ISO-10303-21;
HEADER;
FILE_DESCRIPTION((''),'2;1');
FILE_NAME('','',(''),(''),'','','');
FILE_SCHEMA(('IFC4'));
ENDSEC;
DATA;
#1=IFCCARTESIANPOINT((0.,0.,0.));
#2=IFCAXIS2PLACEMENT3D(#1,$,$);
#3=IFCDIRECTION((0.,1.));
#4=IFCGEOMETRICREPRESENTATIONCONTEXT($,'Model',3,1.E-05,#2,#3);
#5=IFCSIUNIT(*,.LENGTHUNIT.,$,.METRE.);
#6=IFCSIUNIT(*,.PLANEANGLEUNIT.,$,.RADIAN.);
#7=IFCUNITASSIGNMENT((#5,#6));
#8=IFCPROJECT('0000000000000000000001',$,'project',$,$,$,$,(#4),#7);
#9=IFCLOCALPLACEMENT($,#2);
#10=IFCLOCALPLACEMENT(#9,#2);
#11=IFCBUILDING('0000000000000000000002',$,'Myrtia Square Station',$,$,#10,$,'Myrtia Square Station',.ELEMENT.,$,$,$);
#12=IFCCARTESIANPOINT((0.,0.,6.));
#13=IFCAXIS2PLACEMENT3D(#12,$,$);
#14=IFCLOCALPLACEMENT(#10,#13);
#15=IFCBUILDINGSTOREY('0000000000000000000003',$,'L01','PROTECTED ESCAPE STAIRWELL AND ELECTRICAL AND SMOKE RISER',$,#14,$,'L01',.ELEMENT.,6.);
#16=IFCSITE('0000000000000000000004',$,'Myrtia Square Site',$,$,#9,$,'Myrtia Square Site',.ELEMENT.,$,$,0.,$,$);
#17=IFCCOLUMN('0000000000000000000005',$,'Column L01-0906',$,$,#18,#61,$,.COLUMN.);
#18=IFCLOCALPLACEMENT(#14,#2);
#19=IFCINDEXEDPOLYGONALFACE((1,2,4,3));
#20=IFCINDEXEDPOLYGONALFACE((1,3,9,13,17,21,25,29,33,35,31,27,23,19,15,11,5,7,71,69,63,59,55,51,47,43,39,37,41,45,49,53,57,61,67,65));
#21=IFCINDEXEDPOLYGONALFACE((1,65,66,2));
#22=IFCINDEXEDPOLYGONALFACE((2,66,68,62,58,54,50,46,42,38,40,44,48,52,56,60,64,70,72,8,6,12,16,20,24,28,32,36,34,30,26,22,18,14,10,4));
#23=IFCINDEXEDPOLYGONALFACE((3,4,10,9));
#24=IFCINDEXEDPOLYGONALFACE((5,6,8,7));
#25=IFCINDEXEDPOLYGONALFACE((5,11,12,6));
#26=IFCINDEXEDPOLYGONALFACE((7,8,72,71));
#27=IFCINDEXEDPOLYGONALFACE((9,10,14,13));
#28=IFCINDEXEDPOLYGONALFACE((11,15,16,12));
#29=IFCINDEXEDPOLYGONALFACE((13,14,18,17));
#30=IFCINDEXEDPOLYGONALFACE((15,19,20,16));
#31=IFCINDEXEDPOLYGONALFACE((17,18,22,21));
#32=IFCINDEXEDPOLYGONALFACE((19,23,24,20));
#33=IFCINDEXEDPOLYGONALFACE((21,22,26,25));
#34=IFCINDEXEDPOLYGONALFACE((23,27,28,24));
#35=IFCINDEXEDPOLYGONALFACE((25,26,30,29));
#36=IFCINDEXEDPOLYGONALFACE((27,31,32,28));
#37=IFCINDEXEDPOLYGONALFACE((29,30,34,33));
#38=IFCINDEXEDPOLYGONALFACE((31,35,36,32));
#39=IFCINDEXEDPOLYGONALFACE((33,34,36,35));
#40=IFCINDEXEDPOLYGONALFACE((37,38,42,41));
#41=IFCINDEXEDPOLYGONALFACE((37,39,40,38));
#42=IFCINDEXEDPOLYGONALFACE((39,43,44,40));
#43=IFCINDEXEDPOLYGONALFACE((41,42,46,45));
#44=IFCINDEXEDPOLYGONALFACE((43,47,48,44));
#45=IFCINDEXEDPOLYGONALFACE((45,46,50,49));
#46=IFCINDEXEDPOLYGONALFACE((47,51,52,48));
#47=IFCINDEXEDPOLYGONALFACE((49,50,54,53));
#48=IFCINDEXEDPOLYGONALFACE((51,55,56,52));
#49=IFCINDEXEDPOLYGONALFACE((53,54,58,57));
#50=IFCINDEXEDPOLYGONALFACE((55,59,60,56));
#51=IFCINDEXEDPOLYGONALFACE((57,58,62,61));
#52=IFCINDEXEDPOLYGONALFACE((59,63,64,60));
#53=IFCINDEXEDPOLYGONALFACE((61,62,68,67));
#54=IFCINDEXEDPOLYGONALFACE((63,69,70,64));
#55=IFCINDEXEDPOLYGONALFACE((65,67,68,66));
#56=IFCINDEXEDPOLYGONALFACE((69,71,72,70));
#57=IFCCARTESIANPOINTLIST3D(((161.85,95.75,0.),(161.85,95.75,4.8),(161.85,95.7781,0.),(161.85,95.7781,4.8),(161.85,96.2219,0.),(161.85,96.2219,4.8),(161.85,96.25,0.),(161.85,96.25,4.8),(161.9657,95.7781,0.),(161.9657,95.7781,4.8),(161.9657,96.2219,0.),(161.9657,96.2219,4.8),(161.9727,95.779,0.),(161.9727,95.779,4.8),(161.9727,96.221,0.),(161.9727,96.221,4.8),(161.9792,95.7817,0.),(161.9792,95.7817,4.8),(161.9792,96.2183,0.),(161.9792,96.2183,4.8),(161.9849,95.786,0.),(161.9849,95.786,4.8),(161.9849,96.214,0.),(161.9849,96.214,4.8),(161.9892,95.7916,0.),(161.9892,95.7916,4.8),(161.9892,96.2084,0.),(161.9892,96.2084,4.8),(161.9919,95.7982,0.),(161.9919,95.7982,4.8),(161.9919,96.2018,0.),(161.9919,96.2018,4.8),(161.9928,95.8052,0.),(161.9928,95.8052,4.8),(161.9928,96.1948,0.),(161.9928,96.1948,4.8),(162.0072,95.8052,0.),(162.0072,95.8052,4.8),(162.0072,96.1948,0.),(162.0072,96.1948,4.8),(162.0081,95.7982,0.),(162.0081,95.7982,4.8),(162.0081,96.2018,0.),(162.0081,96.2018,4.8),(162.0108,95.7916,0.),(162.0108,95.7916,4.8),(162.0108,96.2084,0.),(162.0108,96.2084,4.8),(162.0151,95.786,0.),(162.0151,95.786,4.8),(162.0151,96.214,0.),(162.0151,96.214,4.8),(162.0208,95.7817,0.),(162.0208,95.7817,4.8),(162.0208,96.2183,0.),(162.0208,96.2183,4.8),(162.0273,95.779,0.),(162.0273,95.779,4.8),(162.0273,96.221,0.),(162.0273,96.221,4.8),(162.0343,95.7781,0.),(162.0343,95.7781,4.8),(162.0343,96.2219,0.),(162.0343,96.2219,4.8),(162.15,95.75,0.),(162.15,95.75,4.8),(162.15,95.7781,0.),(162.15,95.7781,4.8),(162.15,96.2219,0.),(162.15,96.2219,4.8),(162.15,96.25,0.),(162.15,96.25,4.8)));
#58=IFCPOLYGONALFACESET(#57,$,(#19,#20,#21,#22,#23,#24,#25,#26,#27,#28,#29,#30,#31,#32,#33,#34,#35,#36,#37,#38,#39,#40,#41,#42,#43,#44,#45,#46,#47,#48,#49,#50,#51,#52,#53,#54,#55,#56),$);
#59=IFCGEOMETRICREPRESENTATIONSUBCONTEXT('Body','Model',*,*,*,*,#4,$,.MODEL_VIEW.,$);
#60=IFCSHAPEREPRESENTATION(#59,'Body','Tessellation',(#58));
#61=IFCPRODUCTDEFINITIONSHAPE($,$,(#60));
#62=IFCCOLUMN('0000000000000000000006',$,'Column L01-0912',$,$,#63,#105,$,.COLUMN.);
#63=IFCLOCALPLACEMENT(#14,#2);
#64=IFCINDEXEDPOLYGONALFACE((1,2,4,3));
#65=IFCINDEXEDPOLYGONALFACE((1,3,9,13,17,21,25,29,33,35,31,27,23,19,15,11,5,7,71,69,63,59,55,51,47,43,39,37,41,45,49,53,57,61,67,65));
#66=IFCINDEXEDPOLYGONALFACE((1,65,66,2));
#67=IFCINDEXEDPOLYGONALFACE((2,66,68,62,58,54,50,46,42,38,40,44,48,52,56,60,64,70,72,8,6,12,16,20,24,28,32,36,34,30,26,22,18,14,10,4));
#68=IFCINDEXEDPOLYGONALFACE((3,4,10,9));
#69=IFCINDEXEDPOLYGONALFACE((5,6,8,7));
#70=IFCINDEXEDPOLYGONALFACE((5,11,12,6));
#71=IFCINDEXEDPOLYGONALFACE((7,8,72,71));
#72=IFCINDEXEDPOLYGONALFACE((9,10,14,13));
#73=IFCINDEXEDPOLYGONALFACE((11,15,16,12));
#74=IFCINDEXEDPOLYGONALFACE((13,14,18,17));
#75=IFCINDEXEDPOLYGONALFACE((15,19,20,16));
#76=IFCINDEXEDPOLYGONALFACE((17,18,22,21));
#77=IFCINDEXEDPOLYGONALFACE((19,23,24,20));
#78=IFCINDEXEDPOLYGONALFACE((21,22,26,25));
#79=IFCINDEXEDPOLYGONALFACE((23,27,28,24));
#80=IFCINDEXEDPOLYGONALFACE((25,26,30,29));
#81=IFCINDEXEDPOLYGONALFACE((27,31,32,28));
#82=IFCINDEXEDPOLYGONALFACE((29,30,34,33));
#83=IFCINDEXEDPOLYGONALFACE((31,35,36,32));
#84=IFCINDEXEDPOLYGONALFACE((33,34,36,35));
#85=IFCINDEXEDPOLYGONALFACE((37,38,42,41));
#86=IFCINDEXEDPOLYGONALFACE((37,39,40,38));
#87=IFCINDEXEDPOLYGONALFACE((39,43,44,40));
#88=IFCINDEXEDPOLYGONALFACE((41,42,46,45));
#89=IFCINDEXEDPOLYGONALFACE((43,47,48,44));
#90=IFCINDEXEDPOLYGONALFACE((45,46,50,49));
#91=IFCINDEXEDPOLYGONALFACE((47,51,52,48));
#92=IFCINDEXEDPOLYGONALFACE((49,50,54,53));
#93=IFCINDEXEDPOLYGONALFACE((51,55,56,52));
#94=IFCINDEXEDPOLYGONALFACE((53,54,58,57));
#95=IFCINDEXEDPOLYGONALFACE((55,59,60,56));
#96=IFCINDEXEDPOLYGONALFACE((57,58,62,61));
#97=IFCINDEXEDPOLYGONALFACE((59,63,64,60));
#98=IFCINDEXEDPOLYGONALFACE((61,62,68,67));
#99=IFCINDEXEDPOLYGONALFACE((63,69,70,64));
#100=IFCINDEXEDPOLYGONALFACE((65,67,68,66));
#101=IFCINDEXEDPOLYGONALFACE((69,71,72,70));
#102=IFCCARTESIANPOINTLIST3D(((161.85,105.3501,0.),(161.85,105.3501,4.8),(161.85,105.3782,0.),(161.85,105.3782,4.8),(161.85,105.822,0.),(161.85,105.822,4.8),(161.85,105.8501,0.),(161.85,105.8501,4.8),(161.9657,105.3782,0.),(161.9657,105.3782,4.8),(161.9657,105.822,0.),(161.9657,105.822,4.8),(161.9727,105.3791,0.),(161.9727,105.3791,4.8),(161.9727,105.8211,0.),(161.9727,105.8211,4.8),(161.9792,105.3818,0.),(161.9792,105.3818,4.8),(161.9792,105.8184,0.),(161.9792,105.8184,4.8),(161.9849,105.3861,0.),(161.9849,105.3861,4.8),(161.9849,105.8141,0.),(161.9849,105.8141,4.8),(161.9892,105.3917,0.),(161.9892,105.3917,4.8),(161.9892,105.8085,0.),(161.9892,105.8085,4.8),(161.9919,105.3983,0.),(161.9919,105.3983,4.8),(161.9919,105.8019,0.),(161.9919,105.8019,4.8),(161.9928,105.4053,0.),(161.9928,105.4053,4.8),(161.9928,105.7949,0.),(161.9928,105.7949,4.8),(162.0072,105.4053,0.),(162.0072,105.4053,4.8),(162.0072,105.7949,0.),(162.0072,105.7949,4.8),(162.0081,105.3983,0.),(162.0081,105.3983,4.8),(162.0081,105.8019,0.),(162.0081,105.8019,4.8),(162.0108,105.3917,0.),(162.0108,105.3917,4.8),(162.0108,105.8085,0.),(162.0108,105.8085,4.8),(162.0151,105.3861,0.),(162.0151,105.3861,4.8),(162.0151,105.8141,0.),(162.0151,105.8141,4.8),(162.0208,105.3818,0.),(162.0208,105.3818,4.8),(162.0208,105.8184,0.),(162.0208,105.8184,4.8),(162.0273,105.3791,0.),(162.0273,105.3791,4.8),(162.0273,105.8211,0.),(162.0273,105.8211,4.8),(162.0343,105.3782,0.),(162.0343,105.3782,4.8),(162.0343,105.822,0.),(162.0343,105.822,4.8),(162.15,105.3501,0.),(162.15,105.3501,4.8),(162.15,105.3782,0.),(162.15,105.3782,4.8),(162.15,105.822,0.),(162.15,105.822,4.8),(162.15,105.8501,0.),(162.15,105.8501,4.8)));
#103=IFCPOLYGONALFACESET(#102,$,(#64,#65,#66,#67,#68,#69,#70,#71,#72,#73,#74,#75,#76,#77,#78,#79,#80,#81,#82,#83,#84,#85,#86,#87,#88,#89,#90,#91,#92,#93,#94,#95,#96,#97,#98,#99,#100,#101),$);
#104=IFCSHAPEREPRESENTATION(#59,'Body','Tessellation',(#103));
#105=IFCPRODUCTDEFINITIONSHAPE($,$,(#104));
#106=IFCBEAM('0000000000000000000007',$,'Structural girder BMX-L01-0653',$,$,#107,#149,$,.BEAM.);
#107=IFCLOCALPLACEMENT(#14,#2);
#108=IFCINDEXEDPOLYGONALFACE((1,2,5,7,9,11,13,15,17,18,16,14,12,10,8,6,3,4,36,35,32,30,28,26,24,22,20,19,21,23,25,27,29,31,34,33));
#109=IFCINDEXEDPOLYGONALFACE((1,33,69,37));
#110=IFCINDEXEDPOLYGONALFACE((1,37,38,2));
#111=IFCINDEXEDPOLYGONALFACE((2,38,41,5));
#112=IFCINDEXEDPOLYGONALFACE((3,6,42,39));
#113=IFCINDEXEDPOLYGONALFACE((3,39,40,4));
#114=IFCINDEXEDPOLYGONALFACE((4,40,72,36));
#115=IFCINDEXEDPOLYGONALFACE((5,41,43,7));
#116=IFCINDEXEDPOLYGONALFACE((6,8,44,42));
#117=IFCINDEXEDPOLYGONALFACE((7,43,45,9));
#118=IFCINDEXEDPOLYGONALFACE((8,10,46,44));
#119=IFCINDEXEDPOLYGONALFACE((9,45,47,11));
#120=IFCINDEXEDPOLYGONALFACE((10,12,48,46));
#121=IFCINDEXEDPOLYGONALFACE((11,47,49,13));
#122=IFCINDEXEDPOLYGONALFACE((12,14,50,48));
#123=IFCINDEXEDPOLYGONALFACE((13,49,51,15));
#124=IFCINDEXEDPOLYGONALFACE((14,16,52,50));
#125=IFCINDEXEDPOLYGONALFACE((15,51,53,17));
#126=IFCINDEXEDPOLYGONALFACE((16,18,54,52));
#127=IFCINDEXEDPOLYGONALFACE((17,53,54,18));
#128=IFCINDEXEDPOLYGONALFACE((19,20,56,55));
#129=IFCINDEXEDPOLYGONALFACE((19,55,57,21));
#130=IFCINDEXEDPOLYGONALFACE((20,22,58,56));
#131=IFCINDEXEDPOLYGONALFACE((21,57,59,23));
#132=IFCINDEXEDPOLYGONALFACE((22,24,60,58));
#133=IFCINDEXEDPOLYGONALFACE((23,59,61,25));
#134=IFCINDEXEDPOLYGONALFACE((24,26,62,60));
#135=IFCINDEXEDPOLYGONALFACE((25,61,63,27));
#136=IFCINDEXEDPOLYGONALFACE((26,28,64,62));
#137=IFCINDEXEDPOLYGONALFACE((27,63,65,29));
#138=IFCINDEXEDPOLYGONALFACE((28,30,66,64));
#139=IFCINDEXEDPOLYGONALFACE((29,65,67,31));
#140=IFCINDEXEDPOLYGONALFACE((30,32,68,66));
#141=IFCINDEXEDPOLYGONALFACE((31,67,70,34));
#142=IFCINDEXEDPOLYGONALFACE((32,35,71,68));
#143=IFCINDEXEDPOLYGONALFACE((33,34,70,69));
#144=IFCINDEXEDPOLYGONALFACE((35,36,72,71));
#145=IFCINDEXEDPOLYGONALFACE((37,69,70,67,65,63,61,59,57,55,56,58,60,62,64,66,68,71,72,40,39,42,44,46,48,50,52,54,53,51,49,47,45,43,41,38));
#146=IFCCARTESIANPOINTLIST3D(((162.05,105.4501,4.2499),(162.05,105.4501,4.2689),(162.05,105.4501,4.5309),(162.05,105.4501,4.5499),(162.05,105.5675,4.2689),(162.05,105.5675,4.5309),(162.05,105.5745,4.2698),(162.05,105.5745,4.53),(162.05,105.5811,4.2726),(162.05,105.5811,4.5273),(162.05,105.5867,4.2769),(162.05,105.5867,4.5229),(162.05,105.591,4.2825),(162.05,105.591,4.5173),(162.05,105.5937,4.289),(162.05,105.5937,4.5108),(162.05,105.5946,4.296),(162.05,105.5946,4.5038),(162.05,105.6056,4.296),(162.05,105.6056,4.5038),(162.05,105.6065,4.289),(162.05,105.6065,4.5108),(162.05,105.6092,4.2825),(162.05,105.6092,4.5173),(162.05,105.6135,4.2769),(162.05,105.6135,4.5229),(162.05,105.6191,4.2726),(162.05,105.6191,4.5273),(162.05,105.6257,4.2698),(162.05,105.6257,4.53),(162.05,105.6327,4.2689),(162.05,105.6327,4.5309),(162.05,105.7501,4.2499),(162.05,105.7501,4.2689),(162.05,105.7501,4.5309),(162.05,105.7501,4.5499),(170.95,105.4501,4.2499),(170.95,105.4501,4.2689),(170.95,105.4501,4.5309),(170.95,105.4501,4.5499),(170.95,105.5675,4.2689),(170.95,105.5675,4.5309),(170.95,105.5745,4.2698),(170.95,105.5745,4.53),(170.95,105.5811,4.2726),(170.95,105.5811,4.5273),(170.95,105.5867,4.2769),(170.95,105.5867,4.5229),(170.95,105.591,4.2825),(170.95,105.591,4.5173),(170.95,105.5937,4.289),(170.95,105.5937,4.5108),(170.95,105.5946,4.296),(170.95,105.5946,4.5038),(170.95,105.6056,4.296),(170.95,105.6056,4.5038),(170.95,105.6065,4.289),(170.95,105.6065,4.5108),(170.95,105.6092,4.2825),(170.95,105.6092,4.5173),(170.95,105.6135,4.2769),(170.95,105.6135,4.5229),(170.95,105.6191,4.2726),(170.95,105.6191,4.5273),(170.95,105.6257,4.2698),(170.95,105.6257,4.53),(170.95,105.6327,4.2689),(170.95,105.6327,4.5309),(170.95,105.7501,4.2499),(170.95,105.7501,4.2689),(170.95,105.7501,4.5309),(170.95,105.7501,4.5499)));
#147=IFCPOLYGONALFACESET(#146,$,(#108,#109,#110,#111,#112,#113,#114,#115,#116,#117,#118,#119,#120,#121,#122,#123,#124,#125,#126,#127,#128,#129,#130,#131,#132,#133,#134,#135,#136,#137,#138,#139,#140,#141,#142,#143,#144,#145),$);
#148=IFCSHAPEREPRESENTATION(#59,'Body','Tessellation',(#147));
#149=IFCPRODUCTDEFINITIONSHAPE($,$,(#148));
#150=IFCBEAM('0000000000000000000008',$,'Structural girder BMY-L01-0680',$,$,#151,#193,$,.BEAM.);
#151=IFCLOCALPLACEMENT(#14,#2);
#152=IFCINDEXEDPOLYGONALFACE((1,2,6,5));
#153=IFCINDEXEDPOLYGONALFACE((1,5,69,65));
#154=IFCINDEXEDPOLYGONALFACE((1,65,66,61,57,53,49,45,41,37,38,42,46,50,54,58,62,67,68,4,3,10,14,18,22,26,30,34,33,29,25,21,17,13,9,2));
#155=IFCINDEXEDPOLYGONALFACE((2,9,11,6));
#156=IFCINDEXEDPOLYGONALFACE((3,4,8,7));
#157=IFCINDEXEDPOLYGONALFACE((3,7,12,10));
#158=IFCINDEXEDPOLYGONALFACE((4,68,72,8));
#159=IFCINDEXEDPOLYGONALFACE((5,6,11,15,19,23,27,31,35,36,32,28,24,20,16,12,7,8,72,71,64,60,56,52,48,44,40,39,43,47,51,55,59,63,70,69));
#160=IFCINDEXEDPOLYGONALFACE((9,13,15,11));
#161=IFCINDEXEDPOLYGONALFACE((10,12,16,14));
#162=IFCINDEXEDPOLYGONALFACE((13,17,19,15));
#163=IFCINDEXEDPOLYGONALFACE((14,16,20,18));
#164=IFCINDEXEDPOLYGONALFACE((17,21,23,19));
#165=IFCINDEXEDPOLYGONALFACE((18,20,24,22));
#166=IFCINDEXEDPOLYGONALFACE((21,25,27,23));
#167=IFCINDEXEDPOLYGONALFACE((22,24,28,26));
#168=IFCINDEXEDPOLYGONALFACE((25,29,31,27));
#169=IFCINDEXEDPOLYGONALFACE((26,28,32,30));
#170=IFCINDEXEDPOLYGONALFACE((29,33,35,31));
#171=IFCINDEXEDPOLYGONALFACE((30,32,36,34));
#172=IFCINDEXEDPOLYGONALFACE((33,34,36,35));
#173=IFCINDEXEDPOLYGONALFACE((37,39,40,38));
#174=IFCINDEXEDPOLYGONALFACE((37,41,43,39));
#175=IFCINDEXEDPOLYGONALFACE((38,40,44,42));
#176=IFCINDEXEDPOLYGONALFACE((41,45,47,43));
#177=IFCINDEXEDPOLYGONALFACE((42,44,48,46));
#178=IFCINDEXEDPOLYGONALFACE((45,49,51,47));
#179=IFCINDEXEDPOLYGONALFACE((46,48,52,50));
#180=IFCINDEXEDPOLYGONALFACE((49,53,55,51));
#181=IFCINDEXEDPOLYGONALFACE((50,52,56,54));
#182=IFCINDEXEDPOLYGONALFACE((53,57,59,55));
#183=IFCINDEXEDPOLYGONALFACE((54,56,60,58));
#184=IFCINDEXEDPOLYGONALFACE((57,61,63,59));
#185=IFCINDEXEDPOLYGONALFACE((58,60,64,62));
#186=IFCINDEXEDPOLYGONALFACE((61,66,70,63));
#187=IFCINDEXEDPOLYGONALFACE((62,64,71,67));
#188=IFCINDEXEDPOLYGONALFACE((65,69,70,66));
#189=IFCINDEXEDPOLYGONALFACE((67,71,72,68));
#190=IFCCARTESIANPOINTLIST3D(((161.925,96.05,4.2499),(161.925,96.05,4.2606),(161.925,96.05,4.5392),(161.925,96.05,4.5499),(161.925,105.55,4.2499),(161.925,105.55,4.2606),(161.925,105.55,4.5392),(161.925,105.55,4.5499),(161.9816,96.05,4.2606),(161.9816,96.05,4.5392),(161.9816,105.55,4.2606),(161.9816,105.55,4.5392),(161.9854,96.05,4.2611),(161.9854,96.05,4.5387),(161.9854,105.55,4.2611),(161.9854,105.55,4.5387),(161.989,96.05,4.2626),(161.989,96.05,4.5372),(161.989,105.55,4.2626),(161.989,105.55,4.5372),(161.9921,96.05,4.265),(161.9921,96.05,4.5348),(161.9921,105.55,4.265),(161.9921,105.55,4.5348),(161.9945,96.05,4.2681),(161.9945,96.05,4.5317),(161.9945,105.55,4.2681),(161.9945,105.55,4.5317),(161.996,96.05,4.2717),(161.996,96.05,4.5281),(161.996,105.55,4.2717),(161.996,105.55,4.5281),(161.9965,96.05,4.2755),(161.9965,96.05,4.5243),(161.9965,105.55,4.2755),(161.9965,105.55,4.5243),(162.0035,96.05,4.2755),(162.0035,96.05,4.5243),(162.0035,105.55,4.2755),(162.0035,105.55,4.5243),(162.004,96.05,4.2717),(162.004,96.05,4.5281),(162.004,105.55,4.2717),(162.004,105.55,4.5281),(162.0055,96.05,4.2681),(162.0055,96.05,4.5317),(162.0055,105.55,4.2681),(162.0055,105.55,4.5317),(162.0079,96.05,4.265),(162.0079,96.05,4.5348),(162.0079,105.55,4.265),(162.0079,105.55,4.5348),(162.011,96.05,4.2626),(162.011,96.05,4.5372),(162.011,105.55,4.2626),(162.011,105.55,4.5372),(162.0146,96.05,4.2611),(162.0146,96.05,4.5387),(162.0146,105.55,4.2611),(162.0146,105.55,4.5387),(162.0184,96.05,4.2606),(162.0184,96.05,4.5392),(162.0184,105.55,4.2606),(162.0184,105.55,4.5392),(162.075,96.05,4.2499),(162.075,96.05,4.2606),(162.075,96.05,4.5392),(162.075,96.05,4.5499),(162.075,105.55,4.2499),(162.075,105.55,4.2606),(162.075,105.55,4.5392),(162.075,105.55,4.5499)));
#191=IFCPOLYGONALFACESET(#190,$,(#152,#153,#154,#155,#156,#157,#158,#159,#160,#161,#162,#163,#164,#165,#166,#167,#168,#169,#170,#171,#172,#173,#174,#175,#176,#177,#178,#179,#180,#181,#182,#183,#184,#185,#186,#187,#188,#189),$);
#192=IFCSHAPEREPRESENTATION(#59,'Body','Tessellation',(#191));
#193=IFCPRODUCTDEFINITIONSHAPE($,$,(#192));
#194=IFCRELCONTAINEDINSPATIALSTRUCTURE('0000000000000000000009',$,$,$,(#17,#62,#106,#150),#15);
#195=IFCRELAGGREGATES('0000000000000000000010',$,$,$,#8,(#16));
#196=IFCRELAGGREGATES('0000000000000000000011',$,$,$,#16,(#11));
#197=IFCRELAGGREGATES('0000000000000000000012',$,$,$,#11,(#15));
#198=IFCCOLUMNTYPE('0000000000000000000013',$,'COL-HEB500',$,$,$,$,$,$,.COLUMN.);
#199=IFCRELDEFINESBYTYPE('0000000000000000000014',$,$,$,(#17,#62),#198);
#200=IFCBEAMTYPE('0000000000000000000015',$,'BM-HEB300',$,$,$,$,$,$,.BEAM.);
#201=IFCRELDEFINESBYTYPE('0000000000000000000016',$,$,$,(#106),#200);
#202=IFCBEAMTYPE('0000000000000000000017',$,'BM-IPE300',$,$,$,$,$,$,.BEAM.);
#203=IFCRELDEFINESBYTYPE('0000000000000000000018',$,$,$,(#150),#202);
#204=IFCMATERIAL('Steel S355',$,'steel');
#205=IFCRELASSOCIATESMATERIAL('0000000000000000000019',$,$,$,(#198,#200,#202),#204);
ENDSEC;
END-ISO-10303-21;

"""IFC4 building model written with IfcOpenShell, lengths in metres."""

from ifc_helpers import new_model, si_unit, direction, frame, origin, origin_2d, place, context, subcontext, project, spatial, i_section, extrude, material, material_profile, profile_set, type_object, element, save


model = new_model("IFC4")

# Units and contexts
model_context = context("Model", 3, precision=1e-05, world=origin(), true_north=direction((0.0, 1.0)))
body_context = subcontext(model_context, "Body", "Model", "MODEL_VIEW")
ifc_project = project(units=[si_unit("LENGTHUNIT", "METRE"), si_unit("PLANEANGLEUNIT", "RADIAN")], contexts=[model_context])

# Site, building, storey
site_placement = place(None, origin())
site = spatial("IfcSite", under=ifc_project, at=site_placement, Name="Myrtia Square Site", LongName="Myrtia Square Site", CompositionType="ELEMENT", RefElevation=0.0)
building_placement = place(site_placement, origin())
building = spatial("IfcBuilding", under=site, at=building_placement, Name="Myrtia Square Station", LongName="Myrtia Square Station", CompositionType="ELEMENT")
storey_placement = place(building_placement, frame((0.0, 0.0, 6.0)))
storey = spatial("IfcBuildingStorey", under=building, at=storey_placement, Name="L01", Description="PROTECTED ESCAPE STAIRWELL AND ELECTRICAL AND SMOKE RISER", LongName="L01", CompositionType="ELEMENT", Elevation=6.0)

# Columns
ifc_material_1 = material(Name="Steel S355", Category="steel")
ifc_material_profile_1 = material_profile(ifc_material_1, i_section(OverallWidth=0.3, OverallDepth=0.5, WebThickness=0.0144, FlangeThickness=0.0281, FilletRadius=0.0271, at=origin_2d()), Name="HEB 500")
ifc_profile_set_1 = profile_set([ifc_material_profile_1], Name="Steel S355")
column_type = type_object("IfcColumnType", Name="COL-HEB500", PredefinedType="COLUMN", material=ifc_profile_set_1)
for number, where, z_axis, x_axis, name in (
    (1, (162.0, 96.0, 0.0), (0.0, 0.0, 1.0), (1.0, 0.0, 0.0), "Column L01-0906"),
    (2, (162.0, 105.6001, 0.0), (0.0, 0.0, 1.0), (1.0, 0.0, 0.0), "Column L01-0912"),
):
    element("IfcColumn", number, at=place(storey_placement, frame(where, z_axis=z_axis, x_axis=x_axis)), inside=storey, type_object=column_type, Name=name, PredefinedType="COLUMN", context=body_context, shape_type="SweptSolid", body=[
        extrude(i_section(OverallWidth=0.3, OverallDepth=0.5, WebThickness=0.0144, FlangeThickness=0.0281, FilletRadius=0.0271, at=origin_2d()), origin(), (0.0, 0.0, 1.0), 4.8),
    ])

# Beams
ifc_material_profile_2 = material_profile(ifc_material_1, i_section(OverallWidth=0.3, OverallDepth=0.3, WebThickness=0.011, FlangeThickness=0.019, FilletRadius=0.0271, at=origin_2d()), Name="HEB 300")
ifc_profile_set_2 = profile_set([ifc_material_profile_2], Name="Steel S355")
beam_type_1 = type_object("IfcBeamType", Name="BM-HEB300", PredefinedType="BEAM", material=ifc_profile_set_2)
beam_placement = place(storey_placement, frame((162.05, 105.6001, 4.3999), z_axis=(1.0, 0.0, 0.0), x_axis=(0.0, 1.0, 0.0)))
element("IfcBeam", 3, at=beam_placement, inside=storey, type_object=beam_type_1, Name="Structural girder BMX-L01-0653", PredefinedType="BEAM", context=body_context, shape_type="SweptSolid", body=[
    extrude(i_section(OverallWidth=0.3, OverallDepth=0.3, WebThickness=0.011, FlangeThickness=0.019, FilletRadius=0.0271, at=origin_2d()), origin(), (0.0, 0.0, 1.0), 8.8999),
])
ifc_material_profile_3 = material_profile(ifc_material_1, i_section(OverallWidth=0.1499, OverallDepth=0.3, WebThickness=0.0071, FlangeThickness=0.0107, FilletRadius=0.0149, at=origin_2d()), Name="IPE 300")
ifc_profile_set_3 = profile_set([ifc_material_profile_3], Name="Steel S355")
beam_type_2 = type_object("IfcBeamType", Name="BM-IPE300", PredefinedType="BEAM", material=ifc_profile_set_3)
for number, where, z_axis, x_axis, name in (
    (4, (162.0, 96.05, 4.3999), (0.0, 1.0, 0.0), (-1.0, 0.0, 0.0), "Structural girder BMY-L01-0680"),
):
    element("IfcBeam", number, at=place(storey_placement, frame(where, z_axis=z_axis, x_axis=x_axis)), inside=storey, type_object=beam_type_2, Name=name, PredefinedType="BEAM", context=body_context, shape_type="SweptSolid", body=[
        extrude(i_section(OverallWidth=0.1499, OverallDepth=0.3, WebThickness=0.0071, FlangeThickness=0.0107, FilletRadius=0.0149, at=origin_2d()), origin(), (0.0, 0.0, 1.0), 9.5),
    ])

save(model, "model.ifc")
